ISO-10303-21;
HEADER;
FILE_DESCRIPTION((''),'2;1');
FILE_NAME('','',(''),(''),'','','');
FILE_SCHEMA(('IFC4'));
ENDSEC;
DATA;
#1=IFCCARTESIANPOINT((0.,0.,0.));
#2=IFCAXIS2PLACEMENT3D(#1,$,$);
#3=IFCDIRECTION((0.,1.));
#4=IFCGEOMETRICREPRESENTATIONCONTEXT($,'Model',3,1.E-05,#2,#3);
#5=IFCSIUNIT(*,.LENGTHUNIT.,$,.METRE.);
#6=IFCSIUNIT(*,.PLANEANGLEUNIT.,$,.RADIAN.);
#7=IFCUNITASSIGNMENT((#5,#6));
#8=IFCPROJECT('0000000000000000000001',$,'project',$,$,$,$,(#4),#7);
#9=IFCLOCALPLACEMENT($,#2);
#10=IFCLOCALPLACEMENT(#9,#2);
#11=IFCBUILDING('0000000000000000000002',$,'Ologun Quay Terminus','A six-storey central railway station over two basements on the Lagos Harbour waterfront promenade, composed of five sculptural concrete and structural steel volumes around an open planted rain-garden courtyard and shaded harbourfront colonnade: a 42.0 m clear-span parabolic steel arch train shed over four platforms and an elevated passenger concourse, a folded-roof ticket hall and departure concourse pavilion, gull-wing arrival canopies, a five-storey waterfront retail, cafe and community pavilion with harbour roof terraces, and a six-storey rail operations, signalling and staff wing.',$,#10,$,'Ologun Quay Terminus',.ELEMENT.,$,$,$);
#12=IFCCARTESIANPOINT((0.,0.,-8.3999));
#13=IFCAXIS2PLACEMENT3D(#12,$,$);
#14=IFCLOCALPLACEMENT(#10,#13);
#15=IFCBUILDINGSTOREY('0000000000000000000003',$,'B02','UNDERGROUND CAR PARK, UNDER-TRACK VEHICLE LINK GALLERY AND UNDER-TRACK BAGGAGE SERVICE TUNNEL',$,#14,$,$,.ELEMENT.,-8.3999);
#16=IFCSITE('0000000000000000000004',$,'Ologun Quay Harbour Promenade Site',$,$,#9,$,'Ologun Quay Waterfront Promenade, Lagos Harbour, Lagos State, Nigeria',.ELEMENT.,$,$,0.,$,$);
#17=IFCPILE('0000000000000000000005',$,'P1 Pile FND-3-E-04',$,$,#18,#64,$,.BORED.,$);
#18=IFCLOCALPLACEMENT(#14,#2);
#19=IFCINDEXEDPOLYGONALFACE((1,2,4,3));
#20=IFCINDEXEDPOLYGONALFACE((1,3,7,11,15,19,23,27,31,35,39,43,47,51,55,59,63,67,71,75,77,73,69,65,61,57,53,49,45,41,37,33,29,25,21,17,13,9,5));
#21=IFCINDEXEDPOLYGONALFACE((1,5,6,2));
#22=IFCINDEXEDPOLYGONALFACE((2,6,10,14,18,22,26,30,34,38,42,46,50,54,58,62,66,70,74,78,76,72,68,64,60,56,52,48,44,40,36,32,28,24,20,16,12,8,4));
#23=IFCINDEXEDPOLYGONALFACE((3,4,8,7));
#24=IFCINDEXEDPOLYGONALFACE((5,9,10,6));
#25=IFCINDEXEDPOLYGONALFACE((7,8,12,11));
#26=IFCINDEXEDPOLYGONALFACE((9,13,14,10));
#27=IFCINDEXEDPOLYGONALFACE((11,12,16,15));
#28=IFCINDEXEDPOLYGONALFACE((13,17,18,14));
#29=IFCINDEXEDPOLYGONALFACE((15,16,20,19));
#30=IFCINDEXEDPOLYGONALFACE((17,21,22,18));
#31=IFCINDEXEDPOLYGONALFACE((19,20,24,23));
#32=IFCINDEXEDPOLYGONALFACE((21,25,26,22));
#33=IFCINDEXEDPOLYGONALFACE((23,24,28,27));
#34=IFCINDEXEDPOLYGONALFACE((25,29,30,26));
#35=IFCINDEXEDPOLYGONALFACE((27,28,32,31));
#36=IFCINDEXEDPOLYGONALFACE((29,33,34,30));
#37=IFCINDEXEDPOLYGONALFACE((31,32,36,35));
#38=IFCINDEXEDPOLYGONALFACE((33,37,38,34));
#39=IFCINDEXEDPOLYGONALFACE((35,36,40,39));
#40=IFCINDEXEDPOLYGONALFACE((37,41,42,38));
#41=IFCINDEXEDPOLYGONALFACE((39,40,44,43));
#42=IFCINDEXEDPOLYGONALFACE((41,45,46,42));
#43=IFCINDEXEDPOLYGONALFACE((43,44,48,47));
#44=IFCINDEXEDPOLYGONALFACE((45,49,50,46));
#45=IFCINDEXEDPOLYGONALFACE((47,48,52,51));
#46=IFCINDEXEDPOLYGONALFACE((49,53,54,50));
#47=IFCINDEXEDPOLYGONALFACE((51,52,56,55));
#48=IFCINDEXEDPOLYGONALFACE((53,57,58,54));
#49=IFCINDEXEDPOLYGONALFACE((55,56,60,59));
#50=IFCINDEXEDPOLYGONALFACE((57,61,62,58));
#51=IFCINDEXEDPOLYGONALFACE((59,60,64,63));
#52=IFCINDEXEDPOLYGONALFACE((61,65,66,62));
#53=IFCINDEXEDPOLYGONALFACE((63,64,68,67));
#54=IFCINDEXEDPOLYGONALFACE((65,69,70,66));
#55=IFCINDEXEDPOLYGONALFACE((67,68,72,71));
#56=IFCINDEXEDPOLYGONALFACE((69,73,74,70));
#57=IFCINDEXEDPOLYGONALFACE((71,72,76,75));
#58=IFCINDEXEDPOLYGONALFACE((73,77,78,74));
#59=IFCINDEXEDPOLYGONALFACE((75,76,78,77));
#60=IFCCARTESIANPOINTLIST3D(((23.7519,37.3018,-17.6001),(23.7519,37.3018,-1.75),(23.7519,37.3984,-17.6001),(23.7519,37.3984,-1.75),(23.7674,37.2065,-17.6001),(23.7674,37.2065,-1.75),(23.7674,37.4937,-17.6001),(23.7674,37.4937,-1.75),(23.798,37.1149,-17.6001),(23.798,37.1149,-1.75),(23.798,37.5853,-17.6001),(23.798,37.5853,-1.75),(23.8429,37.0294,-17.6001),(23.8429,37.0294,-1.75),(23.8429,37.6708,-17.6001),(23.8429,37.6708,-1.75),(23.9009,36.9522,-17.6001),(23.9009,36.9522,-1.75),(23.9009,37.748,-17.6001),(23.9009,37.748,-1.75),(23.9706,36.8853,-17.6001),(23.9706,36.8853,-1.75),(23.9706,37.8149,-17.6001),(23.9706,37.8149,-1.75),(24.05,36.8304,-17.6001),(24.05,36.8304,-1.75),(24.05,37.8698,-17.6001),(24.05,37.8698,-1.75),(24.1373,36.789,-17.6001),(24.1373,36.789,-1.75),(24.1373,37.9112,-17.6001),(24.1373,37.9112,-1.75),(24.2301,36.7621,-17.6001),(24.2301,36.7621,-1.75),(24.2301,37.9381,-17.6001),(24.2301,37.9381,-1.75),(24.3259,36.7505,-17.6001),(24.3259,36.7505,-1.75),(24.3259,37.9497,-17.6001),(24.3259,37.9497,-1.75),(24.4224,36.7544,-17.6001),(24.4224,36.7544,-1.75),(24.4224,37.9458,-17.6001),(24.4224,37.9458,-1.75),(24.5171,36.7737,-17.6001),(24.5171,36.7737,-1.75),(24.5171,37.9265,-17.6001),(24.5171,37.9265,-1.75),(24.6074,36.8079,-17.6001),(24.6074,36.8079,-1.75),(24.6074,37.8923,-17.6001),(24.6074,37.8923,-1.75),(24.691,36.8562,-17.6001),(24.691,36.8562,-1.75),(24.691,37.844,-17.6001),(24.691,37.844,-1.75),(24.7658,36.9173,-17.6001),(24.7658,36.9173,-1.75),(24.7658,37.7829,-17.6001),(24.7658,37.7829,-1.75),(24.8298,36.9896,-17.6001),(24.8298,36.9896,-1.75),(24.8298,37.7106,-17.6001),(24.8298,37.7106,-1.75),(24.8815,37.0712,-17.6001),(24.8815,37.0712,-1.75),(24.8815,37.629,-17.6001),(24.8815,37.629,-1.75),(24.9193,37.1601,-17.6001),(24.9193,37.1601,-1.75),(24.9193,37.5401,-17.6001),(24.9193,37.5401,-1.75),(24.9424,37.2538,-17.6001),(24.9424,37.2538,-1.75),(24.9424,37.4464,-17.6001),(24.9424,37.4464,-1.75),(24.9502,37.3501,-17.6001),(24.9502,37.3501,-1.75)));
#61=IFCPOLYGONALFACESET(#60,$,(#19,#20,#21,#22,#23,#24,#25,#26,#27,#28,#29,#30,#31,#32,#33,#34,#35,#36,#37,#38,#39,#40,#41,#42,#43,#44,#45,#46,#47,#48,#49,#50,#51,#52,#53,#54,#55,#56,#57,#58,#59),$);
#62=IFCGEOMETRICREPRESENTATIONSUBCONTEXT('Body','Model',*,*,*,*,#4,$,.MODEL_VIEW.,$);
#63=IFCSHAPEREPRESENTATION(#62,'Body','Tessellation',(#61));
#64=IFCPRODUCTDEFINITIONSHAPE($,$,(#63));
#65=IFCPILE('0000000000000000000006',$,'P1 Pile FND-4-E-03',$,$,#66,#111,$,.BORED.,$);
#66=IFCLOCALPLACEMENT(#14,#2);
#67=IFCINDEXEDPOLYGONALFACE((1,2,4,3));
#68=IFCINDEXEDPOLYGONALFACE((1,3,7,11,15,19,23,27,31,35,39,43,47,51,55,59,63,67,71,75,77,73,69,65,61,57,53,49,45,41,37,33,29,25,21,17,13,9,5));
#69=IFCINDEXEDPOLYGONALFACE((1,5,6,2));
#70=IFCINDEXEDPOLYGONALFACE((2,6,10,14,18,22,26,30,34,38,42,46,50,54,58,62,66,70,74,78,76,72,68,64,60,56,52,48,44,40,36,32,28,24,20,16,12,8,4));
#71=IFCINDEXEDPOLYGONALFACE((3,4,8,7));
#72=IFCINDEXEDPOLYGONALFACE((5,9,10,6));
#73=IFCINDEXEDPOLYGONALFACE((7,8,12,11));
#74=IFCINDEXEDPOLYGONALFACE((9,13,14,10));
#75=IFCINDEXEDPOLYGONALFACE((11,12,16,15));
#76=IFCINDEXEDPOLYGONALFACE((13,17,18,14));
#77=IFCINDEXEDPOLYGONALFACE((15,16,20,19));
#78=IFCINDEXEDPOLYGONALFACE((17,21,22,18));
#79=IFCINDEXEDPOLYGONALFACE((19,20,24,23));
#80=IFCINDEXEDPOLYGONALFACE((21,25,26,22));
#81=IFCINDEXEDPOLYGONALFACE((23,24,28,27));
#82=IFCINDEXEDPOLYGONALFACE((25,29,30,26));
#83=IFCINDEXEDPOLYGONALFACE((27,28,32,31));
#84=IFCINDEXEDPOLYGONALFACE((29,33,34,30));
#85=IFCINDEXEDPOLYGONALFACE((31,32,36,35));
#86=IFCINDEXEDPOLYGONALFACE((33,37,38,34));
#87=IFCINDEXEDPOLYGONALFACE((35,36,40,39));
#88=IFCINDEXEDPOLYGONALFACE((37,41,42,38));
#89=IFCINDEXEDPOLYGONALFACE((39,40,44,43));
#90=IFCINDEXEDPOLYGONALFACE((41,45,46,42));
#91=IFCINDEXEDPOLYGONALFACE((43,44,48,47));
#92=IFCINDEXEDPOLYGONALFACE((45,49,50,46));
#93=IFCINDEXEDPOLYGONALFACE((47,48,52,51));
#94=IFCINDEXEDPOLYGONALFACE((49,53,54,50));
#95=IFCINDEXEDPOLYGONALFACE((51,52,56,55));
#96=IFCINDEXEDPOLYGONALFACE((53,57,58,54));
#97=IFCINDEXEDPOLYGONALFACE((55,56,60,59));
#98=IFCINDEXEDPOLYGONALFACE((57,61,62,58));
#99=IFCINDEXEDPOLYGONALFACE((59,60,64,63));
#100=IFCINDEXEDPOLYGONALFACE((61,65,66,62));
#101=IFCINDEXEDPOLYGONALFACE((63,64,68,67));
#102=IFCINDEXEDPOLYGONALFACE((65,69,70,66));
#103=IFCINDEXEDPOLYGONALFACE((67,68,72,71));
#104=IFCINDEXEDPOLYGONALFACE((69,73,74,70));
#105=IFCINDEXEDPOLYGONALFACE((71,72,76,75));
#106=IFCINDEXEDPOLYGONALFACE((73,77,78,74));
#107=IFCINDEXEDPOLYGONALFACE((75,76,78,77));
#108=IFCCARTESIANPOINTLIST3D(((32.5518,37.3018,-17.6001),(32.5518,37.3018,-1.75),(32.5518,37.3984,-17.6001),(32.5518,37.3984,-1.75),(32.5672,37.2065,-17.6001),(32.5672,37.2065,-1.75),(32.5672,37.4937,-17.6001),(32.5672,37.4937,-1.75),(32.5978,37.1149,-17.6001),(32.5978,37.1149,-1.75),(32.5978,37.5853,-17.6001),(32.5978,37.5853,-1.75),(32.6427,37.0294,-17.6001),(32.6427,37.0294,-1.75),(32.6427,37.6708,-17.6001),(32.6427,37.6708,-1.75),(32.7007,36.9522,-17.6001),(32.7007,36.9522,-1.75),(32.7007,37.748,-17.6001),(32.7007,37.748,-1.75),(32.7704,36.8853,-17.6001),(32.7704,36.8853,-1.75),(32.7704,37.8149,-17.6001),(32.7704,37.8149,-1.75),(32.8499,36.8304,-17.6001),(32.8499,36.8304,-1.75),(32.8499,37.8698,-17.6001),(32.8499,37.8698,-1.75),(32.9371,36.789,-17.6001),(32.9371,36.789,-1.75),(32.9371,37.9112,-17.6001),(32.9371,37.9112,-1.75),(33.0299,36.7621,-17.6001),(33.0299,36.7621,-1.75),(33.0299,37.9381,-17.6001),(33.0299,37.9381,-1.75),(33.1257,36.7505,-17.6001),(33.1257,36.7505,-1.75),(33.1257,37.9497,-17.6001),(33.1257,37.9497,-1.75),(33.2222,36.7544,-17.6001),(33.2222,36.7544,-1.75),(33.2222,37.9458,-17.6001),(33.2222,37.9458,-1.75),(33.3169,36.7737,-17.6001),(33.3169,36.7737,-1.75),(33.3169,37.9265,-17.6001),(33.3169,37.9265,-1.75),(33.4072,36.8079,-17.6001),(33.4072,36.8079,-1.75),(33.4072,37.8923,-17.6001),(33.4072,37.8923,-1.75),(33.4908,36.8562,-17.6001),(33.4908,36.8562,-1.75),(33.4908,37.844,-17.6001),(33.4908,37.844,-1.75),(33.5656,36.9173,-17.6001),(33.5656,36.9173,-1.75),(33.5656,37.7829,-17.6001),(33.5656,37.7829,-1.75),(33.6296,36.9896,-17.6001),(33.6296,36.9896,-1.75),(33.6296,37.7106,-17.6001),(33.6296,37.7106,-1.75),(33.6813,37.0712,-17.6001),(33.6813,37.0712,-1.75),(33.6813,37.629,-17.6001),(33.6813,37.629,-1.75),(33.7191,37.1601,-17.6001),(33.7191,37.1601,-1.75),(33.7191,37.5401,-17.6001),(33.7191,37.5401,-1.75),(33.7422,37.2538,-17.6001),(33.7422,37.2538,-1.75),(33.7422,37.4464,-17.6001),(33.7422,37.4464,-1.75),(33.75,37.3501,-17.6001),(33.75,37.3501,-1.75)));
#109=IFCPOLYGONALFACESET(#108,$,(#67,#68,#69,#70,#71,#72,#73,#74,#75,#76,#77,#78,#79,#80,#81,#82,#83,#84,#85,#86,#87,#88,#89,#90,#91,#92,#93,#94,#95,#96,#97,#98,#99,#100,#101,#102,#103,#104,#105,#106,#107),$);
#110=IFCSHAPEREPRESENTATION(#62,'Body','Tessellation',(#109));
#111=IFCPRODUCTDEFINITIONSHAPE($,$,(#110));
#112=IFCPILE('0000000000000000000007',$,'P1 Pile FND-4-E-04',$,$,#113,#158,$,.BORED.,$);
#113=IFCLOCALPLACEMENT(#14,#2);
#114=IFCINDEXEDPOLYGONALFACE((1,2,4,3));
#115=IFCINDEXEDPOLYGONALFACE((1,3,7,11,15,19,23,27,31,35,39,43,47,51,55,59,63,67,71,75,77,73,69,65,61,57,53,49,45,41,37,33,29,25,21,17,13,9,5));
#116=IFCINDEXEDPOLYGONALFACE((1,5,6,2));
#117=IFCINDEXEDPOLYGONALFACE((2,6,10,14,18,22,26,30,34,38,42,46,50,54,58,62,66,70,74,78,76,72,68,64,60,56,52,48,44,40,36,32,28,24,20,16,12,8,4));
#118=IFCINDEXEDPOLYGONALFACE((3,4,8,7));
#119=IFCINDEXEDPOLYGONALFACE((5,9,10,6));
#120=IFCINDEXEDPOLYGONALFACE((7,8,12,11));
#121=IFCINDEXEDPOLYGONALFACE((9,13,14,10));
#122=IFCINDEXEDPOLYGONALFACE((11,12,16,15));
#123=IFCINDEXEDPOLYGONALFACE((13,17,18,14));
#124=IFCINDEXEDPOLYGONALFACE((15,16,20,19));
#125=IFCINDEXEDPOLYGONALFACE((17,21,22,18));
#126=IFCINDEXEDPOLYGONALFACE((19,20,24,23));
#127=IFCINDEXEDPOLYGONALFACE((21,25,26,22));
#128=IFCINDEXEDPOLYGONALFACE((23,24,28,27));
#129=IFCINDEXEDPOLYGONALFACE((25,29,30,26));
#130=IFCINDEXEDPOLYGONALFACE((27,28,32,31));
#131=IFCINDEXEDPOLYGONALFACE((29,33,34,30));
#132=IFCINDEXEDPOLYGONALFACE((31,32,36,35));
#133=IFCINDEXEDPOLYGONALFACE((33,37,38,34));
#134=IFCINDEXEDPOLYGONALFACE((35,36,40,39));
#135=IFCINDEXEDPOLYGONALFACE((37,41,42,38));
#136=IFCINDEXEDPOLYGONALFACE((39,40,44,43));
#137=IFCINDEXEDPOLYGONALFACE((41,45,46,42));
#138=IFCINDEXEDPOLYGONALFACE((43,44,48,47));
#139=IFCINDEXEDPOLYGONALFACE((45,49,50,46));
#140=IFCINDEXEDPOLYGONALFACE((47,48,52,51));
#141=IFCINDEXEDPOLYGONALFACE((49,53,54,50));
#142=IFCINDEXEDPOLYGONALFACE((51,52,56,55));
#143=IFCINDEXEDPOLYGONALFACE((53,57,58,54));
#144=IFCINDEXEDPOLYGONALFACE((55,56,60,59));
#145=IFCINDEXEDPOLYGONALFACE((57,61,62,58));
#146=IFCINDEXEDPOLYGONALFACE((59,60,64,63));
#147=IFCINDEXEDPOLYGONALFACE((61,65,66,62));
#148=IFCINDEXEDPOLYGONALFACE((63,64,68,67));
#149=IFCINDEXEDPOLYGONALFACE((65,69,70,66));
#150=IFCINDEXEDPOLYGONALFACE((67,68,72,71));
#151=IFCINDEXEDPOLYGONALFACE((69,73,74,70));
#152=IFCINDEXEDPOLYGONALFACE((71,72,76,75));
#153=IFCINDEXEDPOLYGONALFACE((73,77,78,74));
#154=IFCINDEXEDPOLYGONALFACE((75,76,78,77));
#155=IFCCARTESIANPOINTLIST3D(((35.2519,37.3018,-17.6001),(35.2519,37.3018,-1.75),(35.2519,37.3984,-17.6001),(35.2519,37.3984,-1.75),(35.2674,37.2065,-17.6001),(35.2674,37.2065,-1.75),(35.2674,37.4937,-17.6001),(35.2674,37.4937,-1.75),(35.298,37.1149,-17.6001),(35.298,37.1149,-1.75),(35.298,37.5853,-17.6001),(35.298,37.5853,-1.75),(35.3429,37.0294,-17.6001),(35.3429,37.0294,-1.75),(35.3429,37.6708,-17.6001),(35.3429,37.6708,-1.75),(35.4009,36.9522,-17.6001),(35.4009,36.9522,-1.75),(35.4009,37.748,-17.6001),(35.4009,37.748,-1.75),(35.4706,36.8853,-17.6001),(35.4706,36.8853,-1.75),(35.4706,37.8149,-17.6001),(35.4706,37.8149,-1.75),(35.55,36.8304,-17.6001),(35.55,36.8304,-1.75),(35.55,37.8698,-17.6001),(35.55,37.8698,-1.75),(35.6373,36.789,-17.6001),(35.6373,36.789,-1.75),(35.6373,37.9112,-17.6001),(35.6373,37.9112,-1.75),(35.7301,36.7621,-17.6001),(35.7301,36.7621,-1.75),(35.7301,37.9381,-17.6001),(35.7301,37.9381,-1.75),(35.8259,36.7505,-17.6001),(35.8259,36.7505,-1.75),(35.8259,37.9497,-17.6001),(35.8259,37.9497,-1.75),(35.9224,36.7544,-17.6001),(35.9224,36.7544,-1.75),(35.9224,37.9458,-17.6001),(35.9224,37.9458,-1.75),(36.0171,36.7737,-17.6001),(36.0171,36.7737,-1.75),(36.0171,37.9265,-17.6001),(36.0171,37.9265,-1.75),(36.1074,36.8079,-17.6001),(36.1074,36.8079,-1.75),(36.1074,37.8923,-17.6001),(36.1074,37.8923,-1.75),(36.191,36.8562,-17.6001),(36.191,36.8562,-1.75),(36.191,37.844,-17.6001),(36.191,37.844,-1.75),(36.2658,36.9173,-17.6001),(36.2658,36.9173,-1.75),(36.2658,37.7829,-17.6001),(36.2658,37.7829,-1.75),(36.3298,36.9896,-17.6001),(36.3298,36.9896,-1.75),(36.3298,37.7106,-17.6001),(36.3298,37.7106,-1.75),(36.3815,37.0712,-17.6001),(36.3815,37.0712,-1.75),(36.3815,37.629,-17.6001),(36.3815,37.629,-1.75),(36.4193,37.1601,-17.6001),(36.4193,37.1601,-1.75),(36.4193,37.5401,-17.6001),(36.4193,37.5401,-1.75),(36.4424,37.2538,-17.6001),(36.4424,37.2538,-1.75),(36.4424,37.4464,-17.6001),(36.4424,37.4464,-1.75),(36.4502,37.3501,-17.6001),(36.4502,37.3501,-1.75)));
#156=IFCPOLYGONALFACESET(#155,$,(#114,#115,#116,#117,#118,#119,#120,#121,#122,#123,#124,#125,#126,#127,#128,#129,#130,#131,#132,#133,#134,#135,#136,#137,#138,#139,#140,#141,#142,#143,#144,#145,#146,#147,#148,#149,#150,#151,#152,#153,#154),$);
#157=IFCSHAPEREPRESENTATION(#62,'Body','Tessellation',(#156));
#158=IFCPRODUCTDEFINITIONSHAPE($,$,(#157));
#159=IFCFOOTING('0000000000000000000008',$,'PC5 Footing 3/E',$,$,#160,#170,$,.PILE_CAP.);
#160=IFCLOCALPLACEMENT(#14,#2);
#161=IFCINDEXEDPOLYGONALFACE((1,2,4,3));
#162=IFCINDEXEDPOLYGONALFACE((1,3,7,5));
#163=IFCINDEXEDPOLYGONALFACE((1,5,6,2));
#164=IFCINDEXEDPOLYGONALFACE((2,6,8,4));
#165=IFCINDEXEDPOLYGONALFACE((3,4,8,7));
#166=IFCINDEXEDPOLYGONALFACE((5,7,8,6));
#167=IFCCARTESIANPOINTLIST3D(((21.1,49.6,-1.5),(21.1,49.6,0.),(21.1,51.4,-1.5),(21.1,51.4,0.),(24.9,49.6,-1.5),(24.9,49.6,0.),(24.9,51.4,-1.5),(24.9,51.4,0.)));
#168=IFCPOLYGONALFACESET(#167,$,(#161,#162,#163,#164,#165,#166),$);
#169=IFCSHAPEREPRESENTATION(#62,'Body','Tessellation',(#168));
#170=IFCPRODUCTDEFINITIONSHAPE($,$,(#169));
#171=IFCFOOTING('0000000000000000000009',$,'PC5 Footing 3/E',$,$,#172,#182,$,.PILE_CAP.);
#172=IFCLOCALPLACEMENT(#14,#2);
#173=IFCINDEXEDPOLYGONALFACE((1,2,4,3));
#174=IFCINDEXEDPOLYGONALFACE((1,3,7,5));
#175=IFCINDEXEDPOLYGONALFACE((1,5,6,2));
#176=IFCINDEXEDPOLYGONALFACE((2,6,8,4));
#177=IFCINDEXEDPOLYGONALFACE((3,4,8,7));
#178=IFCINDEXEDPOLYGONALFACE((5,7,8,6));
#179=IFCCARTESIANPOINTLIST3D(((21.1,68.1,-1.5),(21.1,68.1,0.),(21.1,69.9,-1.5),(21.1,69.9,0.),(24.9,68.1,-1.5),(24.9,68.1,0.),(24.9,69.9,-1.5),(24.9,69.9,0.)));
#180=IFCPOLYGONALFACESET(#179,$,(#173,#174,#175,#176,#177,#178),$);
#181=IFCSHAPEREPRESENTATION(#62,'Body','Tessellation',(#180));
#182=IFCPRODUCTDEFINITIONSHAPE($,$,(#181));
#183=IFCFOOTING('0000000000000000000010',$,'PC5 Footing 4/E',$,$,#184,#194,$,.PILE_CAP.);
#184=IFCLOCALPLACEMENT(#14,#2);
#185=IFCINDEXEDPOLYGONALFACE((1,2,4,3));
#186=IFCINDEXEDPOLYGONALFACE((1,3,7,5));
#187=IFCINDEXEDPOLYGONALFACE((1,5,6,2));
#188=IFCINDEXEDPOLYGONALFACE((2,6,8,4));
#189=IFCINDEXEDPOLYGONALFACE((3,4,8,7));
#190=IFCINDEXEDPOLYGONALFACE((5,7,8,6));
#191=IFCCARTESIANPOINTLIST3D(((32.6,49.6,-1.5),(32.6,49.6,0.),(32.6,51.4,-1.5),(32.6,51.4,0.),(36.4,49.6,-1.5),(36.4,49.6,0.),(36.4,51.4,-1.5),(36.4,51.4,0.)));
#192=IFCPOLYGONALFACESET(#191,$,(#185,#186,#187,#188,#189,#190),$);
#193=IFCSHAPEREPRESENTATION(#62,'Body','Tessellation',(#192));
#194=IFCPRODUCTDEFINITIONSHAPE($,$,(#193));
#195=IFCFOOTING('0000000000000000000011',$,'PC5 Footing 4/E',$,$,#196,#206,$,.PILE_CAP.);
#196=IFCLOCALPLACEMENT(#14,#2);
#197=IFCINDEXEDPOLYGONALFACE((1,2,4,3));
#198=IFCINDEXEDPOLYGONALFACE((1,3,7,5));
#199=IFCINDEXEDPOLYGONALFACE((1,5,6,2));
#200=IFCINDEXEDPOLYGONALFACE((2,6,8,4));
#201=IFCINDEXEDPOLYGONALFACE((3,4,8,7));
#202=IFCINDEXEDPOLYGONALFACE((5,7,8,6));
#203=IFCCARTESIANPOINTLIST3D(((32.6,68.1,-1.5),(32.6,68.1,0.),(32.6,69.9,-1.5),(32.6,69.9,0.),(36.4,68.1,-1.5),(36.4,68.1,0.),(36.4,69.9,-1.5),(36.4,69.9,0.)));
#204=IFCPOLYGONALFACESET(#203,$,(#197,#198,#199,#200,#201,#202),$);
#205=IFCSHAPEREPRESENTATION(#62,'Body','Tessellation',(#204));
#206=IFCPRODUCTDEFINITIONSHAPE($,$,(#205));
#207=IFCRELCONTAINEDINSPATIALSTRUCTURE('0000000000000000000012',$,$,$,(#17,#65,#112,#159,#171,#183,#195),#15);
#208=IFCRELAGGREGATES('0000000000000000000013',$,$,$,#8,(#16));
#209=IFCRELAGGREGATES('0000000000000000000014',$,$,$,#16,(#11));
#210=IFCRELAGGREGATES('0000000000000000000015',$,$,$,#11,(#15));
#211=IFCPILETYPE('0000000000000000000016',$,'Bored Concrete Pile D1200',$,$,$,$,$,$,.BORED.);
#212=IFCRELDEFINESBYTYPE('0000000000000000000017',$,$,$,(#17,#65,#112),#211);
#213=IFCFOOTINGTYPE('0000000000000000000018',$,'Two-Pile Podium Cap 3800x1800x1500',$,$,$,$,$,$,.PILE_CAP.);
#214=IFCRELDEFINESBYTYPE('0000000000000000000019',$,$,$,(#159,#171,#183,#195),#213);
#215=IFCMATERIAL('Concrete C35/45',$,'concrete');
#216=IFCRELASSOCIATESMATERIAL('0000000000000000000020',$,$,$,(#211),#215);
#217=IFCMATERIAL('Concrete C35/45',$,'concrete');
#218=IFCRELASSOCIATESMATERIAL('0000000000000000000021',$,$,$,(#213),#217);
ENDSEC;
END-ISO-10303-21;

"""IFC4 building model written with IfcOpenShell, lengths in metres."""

from ifc_helpers import new_model, si_unit, direction, frame, origin, origin_2d, place, context, subcontext, project, spatial, rectangle, circle, extrude, material, material_profile, profile_set, type_object, element, save


model = new_model("IFC4")

# Units and contexts
model_context = context("Model", 3, precision=1e-05, world=origin(), true_north=direction((0.0, 1.0)))
body_context = subcontext(model_context, "Body", "Model", "MODEL_VIEW")
ifc_project = project(units=[si_unit("LENGTHUNIT", "METRE"), si_unit("PLANEANGLEUNIT", "RADIAN")], contexts=[model_context])

# Site, building, storey
site_placement = place(None, origin())
site = spatial("IfcSite", under=ifc_project, at=site_placement, Name="Ologun Quay Harbour Promenade Site", LongName="Ologun Quay Waterfront Promenade, Lagos Harbour, Lagos State, Nigeria", CompositionType="ELEMENT", RefElevation=0.0)
building_placement = place(site_placement, origin())
building = spatial("IfcBuilding", under=site, at=building_placement, Name="Ologun Quay Terminus", Description="A six-storey central railway station over two basements on the Lagos Harbour waterfront promenade, composed of five sculptural concrete and structural steel volumes around an open planted rain-garden courtyard and shaded harbourfront colonnade: a 42.0 m clear-span parabolic steel arch train shed over four platforms and an elevated passenger concourse, a folded-roof ticket hall and departure concourse pavilion, gull-wing arrival canopies, a five-storey waterfront retail, cafe and community pavilion with harbour roof terraces, and a six-storey rail operations, signalling and staff wing.", LongName="Ologun Quay Terminus", CompositionType="ELEMENT")
storey_placement = place(building_placement, frame((0.0, 0.0, -8.3999)))
storey = spatial("IfcBuildingStorey", under=building, at=storey_placement, Name="B02", Description="UNDERGROUND CAR PARK, UNDER-TRACK VEHICLE LINK GALLERY AND UNDER-TRACK BAGGAGE SERVICE TUNNEL", CompositionType="ELEMENT", Elevation=-8.3999)

# Piles
ifc_material_1 = material(Name="Concrete C35/45", Category="concrete")
ifc_material_profile_1 = material_profile(ifc_material_1, circle(Radius=0.6001, at=origin_2d()), Name="PILE D1200")
ifc_profile_set_1 = profile_set([ifc_material_profile_1], Name="Concrete C35/45")
pile_type_1 = type_object("IfcPileType", Name="Bored Concrete Pile D1200", PredefinedType="BORED", material=ifc_profile_set_1)
for number, where, z_axis, x_axis, name in (
    (1, (24.3501, 37.3501, -1.75), (0.0, 0.0, -1.0), (1.0, 0.0, 0.0), "P1 Pile FND-3-E-04"),
    (2, (33.1499, 37.3501, -1.75), (0.0, 0.0, -1.0), (1.0, 0.0, 0.0), "P1 Pile FND-4-E-03"),
    (3, (35.8501, 37.3501, -1.75), (0.0, 0.0, -1.0), (1.0, 0.0, 0.0), "P1 Pile FND-4-E-04"),
):
    element("IfcPile", number, at=place(storey_placement, frame(where, z_axis=z_axis, x_axis=x_axis)), inside=storey, type_object=pile_type_1, Name=name, PredefinedType="BORED", context=body_context, shape_type="SweptSolid", body=[
        extrude(circle(Radius=0.6001, at=origin_2d()), origin(), (0.0, 0.0, 1.0), 15.8501),
    ])

# Footings
ifc_material_2 = material(Name="Concrete C35/45", Category="concrete")
footing_type = type_object("IfcFootingType", Name="Two-Pile Podium Cap 3800x1800x1500", PredefinedType="PILE_CAP", material=ifc_material_2)
for number, where, z_axis, x_axis, name in (
    (4, (23.0, 50.5, -1.5), (0.0, 0.0, 1.0), (1.0, 0.0, 0.0), "PC5 Footing 3/E"),
    (5, (23.0, 69.0, -1.5), (0.0, 0.0, 1.0), (1.0, 0.0, 0.0), "PC5 Footing 3/E"),
    (6, (34.5, 50.5, -1.5), (0.0, 0.0, 1.0), (1.0, 0.0, 0.0), "PC5 Footing 4/E"),
    (7, (34.5, 69.0, -1.5), (0.0, 0.0, 1.0), (1.0, 0.0, 0.0), "PC5 Footing 4/E"),
):
    element("IfcFooting", number, at=place(storey_placement, frame(where, z_axis=z_axis, x_axis=x_axis)), inside=storey, type_object=footing_type, Name=name, PredefinedType="PILE_CAP", context=body_context, shape_type="SweptSolid", body=[
        extrude(rectangle(XDim=3.8, YDim=1.8, at=origin_2d()), origin(), (0.0, 0.0, 1.0), 1.5),
    ])

save(model, "model.ifc")
